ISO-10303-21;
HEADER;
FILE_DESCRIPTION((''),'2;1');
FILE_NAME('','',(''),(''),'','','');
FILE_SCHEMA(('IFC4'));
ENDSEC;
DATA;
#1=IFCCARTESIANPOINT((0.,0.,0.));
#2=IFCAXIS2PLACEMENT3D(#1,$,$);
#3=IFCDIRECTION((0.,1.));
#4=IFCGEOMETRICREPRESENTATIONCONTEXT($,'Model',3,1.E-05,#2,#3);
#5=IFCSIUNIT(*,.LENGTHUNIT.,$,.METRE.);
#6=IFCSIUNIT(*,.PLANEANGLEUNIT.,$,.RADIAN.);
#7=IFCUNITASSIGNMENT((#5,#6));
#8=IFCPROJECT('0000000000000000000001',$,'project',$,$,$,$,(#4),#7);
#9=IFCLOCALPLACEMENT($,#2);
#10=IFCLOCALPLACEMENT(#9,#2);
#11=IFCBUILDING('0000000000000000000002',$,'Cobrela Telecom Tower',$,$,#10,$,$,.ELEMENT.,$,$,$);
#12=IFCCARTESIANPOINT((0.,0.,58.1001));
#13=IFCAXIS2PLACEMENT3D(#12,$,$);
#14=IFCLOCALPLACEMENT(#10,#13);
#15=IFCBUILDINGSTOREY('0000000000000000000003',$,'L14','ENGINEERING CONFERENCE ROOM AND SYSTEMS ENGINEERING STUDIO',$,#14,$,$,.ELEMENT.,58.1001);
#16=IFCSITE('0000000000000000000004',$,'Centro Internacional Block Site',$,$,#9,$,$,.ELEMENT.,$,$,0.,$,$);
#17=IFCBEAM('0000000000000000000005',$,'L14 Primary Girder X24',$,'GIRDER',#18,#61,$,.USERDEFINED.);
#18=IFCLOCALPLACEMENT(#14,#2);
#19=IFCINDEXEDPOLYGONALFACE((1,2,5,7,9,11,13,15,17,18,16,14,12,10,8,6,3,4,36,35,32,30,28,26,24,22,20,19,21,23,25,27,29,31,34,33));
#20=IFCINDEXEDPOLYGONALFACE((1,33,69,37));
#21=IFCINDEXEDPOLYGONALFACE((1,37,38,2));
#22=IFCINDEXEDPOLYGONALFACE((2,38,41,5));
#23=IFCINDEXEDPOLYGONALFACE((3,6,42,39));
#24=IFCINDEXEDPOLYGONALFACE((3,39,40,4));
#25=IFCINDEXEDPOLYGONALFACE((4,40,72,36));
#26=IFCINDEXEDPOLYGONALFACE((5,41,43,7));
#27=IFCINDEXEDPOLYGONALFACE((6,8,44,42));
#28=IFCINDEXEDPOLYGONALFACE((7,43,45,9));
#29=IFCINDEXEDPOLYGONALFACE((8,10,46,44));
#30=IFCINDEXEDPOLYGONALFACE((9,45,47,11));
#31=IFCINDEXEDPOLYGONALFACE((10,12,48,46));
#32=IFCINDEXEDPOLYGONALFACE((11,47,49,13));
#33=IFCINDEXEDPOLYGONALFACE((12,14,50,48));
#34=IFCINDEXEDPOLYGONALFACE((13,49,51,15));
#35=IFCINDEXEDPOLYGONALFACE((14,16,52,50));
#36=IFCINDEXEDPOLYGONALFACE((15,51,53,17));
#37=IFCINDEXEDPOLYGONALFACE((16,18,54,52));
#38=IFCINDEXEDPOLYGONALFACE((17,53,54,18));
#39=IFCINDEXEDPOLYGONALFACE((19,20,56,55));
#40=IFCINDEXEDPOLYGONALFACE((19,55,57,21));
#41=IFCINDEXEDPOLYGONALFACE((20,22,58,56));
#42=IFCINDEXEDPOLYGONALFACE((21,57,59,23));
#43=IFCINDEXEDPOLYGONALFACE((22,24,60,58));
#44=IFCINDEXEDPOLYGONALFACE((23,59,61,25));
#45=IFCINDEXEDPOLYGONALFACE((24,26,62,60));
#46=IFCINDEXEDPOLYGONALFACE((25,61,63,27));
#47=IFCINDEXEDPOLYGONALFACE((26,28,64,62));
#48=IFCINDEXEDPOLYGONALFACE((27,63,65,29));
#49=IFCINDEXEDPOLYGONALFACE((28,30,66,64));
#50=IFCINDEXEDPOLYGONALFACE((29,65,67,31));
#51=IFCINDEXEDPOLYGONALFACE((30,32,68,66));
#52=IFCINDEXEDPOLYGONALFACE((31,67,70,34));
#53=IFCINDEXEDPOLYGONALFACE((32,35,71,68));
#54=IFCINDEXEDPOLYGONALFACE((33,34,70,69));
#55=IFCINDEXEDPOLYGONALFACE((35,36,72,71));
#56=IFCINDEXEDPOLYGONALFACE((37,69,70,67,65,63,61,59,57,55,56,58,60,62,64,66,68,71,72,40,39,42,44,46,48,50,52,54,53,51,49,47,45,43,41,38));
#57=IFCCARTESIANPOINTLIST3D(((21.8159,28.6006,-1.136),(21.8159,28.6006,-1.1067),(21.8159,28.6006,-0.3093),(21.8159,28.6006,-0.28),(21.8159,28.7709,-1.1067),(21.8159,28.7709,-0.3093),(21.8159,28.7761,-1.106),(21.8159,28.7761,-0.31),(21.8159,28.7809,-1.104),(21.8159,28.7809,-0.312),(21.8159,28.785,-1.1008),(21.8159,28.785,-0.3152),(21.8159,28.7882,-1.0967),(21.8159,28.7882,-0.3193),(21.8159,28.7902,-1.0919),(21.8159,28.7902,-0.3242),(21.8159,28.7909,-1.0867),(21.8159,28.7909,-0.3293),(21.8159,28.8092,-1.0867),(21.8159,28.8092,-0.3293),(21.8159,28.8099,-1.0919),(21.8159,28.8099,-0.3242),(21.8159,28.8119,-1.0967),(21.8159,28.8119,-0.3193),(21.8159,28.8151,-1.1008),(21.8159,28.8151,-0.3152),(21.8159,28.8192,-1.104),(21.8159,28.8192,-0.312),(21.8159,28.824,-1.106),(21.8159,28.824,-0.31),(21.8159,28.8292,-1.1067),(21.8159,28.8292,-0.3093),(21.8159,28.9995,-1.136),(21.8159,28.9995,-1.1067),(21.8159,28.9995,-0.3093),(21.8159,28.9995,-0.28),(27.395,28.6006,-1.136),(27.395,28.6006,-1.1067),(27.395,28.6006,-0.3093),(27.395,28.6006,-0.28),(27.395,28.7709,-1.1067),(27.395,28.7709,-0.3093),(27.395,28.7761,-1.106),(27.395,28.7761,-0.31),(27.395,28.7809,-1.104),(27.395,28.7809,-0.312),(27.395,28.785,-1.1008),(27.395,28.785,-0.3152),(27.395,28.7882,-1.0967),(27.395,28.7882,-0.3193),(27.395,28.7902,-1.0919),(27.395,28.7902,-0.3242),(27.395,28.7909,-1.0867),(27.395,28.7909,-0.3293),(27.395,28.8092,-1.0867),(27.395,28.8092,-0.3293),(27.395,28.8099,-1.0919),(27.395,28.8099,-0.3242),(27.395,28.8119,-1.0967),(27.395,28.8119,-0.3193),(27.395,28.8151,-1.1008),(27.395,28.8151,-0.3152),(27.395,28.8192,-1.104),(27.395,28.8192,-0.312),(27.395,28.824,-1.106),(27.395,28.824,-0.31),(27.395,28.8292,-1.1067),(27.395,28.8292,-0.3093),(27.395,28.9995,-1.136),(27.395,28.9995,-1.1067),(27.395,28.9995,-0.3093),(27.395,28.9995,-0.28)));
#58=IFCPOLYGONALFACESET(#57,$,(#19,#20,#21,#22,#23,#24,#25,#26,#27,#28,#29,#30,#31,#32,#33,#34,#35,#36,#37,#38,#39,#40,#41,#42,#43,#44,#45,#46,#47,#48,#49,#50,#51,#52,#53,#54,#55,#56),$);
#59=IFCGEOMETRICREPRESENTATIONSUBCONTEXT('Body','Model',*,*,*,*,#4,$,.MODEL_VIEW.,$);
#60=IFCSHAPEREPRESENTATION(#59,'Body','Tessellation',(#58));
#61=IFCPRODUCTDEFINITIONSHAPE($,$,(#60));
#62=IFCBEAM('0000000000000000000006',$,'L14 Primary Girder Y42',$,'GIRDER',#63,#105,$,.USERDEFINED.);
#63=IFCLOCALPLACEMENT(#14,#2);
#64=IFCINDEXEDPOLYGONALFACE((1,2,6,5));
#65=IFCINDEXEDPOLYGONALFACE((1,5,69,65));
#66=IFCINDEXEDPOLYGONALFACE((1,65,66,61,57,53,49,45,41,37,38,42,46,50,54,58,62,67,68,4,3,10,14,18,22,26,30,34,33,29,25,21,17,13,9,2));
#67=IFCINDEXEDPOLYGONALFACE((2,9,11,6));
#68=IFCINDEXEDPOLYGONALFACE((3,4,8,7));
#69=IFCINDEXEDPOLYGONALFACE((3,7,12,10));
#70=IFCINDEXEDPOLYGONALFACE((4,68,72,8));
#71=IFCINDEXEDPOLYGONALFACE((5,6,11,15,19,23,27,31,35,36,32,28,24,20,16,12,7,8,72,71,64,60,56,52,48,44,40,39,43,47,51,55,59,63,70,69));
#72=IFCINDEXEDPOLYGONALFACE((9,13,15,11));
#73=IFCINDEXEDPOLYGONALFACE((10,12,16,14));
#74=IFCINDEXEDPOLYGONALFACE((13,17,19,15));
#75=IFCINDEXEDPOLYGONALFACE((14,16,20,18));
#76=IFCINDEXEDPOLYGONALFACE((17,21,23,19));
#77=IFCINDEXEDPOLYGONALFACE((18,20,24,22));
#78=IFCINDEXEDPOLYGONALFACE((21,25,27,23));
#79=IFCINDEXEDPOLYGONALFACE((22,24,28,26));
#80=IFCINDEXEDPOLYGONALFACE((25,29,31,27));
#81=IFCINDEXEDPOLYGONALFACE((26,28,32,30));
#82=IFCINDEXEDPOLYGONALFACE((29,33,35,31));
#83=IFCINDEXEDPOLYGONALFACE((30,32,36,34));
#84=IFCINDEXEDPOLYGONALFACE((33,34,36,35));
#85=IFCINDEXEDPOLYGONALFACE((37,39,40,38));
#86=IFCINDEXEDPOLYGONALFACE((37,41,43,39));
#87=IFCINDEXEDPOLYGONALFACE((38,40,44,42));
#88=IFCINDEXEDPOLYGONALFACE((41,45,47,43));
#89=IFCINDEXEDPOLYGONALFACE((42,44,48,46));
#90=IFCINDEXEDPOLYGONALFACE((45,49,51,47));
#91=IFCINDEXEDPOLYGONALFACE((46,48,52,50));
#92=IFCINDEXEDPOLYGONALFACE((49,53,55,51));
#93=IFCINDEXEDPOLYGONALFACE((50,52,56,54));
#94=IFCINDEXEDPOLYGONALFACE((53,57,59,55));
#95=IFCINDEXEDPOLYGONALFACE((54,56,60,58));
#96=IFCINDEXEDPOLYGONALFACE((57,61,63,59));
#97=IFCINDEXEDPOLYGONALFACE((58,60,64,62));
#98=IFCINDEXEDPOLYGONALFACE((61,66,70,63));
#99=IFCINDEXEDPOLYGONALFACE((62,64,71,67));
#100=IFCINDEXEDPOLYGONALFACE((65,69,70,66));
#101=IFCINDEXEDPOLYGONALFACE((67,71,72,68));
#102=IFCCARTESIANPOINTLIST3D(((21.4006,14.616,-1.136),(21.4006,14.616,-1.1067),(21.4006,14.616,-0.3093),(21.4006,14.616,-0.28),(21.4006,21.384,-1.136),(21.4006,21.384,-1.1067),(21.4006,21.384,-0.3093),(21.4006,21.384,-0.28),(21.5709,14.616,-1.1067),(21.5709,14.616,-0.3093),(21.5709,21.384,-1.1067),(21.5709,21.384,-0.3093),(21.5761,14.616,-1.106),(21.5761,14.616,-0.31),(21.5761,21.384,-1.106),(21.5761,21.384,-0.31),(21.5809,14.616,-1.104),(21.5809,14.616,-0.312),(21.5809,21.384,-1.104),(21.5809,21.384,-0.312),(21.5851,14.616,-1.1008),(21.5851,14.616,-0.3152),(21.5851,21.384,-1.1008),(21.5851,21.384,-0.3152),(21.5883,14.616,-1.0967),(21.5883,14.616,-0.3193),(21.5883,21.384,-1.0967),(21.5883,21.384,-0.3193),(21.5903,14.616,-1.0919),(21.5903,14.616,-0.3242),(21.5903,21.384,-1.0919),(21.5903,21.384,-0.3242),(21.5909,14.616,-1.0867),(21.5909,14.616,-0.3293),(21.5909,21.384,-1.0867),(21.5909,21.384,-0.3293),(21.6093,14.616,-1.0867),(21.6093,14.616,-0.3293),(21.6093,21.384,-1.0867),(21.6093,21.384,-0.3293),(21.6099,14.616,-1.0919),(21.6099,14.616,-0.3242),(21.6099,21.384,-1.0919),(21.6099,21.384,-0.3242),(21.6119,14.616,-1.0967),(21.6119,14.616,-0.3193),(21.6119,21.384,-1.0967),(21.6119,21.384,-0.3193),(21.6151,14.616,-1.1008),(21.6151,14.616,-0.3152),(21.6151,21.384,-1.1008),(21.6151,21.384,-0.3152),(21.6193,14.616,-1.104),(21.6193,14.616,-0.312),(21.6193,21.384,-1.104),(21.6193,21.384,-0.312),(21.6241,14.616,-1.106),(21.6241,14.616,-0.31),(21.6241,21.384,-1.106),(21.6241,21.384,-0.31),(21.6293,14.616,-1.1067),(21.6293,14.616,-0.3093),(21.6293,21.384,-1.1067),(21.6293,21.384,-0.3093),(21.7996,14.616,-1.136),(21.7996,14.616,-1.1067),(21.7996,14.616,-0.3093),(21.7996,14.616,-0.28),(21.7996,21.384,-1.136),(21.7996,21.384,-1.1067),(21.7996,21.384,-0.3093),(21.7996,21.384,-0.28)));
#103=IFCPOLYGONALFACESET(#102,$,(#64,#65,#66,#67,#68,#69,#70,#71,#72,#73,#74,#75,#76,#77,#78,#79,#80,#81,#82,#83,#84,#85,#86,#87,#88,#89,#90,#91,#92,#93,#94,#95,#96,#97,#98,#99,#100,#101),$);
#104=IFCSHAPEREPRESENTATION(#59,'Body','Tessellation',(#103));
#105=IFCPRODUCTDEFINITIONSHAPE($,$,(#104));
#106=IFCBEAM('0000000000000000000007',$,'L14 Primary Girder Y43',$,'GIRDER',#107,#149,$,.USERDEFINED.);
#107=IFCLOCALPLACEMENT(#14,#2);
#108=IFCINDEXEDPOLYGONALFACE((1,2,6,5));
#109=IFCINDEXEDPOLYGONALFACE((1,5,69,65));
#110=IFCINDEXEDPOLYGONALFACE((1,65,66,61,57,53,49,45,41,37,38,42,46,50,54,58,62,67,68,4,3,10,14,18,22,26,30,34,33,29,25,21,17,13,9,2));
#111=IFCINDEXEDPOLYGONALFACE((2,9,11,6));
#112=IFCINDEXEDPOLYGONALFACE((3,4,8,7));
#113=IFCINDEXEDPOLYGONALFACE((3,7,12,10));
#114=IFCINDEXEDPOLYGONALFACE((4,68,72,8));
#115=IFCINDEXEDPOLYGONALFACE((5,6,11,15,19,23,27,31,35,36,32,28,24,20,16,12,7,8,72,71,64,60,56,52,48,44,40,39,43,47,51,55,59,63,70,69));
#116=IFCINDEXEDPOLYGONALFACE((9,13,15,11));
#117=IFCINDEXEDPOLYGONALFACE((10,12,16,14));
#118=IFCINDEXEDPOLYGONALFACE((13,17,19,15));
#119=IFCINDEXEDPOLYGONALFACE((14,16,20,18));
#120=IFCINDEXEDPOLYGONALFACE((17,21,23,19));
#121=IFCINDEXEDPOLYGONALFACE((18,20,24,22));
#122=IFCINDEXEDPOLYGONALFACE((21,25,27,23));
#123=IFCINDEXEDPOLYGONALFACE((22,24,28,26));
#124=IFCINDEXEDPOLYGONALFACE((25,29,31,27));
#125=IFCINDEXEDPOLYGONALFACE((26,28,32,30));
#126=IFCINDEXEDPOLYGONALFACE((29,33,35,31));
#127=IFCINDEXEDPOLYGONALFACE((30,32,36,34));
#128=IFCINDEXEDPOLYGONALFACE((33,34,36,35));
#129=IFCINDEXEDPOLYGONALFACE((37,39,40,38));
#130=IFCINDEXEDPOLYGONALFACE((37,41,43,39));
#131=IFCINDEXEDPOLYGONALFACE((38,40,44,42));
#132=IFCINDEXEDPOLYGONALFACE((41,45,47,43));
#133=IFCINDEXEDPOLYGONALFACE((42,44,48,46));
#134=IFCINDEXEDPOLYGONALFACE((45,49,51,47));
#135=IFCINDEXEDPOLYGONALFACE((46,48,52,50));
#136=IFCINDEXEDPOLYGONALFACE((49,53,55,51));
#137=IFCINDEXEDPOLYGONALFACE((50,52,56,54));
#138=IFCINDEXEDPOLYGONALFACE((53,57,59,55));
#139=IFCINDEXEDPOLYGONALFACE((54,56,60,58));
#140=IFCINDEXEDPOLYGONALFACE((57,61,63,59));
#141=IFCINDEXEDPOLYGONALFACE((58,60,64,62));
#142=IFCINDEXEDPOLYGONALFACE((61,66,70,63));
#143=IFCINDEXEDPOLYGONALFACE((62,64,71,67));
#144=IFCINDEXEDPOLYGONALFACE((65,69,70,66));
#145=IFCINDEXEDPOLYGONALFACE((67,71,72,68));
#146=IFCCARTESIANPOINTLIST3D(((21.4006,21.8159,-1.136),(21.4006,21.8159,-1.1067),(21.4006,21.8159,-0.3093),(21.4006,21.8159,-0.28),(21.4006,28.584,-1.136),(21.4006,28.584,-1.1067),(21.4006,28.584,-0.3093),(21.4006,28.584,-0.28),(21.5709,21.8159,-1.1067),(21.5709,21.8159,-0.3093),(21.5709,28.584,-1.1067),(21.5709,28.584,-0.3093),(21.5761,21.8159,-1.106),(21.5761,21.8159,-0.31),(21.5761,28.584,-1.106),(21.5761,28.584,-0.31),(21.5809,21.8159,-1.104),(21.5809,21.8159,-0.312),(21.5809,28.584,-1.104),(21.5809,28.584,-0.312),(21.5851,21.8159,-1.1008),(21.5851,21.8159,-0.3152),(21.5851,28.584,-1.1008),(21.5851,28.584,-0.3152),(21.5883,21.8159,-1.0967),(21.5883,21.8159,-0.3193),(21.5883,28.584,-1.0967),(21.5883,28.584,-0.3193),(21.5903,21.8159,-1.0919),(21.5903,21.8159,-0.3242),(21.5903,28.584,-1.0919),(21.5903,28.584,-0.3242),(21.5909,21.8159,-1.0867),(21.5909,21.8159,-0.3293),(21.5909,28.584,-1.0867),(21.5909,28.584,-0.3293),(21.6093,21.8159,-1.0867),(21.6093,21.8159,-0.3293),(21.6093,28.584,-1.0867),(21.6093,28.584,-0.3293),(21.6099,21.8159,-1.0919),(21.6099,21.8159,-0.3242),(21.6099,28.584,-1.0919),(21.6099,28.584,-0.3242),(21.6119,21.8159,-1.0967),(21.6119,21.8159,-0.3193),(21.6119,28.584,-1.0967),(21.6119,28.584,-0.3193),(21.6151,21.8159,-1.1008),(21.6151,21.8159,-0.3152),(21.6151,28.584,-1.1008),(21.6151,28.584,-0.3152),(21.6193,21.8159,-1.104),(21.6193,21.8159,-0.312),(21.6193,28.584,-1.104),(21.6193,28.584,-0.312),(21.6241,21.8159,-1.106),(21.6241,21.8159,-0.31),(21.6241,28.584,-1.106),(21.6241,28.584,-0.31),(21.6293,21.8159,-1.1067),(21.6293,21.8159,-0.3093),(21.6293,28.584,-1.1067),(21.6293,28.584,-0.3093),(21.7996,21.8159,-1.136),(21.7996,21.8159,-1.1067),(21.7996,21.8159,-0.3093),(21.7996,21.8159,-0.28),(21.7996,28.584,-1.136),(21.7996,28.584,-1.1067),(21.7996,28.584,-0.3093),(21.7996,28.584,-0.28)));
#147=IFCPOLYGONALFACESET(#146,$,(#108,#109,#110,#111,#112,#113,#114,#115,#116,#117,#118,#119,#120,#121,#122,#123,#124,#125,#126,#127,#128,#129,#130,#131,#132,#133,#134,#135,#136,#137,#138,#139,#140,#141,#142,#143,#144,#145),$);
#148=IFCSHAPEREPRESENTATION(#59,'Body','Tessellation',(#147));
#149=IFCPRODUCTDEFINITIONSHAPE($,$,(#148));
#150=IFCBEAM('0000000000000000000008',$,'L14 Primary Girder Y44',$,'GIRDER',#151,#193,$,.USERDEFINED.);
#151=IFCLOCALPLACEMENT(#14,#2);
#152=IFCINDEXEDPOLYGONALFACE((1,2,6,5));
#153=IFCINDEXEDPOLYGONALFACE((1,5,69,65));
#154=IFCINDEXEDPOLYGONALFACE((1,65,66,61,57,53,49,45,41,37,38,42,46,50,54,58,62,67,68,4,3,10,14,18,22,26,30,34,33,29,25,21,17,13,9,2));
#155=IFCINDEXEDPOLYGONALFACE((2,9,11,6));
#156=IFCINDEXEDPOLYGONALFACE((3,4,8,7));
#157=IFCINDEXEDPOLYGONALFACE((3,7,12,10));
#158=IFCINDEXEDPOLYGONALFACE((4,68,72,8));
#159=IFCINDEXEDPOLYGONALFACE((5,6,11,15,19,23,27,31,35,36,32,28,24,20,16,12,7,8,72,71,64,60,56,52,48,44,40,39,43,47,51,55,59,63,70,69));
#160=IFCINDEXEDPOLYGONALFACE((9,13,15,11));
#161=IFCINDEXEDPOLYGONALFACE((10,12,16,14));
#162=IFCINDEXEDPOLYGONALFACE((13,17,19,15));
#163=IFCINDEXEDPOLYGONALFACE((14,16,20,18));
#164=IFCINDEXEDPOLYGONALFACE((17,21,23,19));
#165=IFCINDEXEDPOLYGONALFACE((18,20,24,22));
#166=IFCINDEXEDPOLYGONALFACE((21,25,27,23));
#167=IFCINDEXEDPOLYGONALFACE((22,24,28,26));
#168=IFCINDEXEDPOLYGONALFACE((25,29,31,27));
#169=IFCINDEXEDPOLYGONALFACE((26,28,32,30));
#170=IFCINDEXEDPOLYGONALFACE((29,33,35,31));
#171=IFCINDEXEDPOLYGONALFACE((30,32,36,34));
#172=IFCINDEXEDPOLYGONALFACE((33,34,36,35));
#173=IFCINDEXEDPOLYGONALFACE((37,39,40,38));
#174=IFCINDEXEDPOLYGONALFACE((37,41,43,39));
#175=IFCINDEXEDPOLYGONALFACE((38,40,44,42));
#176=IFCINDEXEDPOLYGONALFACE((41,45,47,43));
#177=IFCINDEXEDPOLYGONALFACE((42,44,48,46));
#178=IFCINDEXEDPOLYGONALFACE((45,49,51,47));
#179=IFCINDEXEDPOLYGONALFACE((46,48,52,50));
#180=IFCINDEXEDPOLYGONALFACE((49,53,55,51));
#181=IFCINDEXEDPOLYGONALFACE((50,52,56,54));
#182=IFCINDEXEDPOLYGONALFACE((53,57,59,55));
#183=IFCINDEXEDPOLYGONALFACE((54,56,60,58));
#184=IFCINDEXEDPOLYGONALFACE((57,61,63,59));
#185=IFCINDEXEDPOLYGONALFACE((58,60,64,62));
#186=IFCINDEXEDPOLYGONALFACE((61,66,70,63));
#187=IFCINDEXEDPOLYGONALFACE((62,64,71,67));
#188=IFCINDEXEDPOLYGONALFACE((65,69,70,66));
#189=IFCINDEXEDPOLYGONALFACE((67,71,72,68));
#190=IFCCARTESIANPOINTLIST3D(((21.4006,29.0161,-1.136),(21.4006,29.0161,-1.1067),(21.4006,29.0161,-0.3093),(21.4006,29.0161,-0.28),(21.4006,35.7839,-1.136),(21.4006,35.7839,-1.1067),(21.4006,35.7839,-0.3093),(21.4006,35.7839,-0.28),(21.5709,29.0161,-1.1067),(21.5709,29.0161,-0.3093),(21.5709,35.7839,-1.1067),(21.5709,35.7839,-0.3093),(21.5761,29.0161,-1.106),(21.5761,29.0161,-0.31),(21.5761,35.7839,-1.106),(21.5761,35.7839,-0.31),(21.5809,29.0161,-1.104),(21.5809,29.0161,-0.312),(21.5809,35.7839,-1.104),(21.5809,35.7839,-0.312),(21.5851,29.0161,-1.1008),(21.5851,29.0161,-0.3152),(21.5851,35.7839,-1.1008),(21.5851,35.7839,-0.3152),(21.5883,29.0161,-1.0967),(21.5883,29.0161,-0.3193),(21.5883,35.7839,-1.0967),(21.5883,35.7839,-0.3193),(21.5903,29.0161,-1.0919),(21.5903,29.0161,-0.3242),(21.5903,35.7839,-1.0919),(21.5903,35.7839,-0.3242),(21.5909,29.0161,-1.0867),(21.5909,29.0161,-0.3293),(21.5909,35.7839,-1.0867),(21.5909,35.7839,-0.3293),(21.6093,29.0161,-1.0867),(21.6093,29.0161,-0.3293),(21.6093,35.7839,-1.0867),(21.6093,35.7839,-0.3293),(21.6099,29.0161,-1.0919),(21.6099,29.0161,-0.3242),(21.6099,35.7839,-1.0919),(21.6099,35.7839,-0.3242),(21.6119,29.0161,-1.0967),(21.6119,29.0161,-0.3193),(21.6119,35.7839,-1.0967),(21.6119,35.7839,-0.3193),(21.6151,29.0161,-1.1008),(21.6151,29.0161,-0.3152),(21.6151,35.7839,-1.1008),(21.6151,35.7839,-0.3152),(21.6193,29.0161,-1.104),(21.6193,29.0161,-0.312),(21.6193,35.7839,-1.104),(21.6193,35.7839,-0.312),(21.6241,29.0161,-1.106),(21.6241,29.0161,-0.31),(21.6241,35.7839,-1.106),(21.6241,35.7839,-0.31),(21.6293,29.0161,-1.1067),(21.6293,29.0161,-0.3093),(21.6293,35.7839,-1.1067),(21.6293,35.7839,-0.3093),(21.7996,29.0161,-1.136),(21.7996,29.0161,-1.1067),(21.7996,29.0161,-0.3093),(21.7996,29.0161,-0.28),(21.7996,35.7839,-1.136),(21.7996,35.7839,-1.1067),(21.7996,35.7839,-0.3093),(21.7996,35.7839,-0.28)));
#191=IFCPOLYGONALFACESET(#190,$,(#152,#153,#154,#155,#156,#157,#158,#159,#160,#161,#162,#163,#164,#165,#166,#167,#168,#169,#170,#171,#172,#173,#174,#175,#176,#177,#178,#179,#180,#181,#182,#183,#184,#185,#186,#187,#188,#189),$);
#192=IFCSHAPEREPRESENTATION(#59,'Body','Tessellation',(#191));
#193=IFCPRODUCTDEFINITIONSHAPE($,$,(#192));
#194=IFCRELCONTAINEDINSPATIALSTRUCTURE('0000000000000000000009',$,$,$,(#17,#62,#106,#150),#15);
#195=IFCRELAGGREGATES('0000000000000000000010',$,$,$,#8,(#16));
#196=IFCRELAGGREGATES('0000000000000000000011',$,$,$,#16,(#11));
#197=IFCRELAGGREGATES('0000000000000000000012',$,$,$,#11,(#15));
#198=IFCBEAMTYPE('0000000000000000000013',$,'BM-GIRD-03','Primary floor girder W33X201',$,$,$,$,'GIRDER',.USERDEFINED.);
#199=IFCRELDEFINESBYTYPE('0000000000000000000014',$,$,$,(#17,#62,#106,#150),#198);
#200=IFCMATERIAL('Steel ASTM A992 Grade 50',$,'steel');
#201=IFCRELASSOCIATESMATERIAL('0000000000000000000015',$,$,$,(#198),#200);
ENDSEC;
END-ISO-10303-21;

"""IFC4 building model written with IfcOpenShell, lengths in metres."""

from ifc_helpers import new_model, si_unit, direction, frame, origin, origin_2d, place, context, subcontext, project, spatial, i_section, extrude, material, material_profile, profile_set, type_object, element, save


model = new_model("IFC4")

# Units and contexts
model_context = context("Model", 3, precision=1e-05, world=origin(), true_north=direction((0.0, 1.0)))
body_context = subcontext(model_context, "Body", "Model", "MODEL_VIEW")
ifc_project = project(units=[si_unit("LENGTHUNIT", "METRE"), si_unit("PLANEANGLEUNIT", "RADIAN")], contexts=[model_context])

# Site, building, storey
site_placement = place(None, origin())
site = spatial("IfcSite", under=ifc_project, at=site_placement, Name="Centro Internacional Block Site", CompositionType="ELEMENT", RefElevation=0.0)
building_placement = place(site_placement, origin())
building = spatial("IfcBuilding", under=site, at=building_placement, Name="Cobrela Telecom Tower", CompositionType="ELEMENT")
storey_placement = place(building_placement, frame((0.0, 0.0, 58.1001)))
storey = spatial("IfcBuildingStorey", under=building, at=storey_placement, Name="L14", Description="ENGINEERING CONFERENCE ROOM AND SYSTEMS ENGINEERING STUDIO", CompositionType="ELEMENT", Elevation=58.1001)

# Shared definitions
ifc_material_1 = material(Name="Steel ASTM A992 Grade 50", Category="steel")

# Beams
ifc_material_profile_1 = material_profile(ifc_material_1, i_section(OverallWidth=0.3989, OverallDepth=0.856, WebThickness=0.0183, FlangeThickness=0.0293, FilletRadius=0.02, at=origin_2d()), Name="W33X201")
ifc_profile_set_1 = profile_set([ifc_material_profile_1], Name="Steel ASTM A992 Grade 50")
beam_type_1 = type_object("IfcBeamType", Name="BM-GIRD-03", Description="Primary floor girder W33X201", ElementType="GIRDER", PredefinedType="USERDEFINED", material=ifc_profile_set_1)
beam_1_placement = place(storey_placement, frame((21.8159, 28.8, -0.708), z_axis=(1.0, 0.0, 0.0), x_axis=(0.0, 1.0, 0.0)))
element("IfcBeam", 1, at=beam_1_placement, inside=storey, type_object=beam_type_1, Name="L14 Primary Girder X24", ObjectType="GIRDER", PredefinedType="USERDEFINED", context=body_context, shape_type="SweptSolid", body=[
    extrude(i_section(OverallWidth=0.3989, OverallDepth=0.856, WebThickness=0.0183, FlangeThickness=0.0293, FilletRadius=0.02, at=origin_2d()), origin(), (0.0, 0.0, 1.0), 5.5791),
])
for number, where, z_axis, x_axis, name in (
    (2, (21.6001, 14.616, -0.708), (0.0, 1.0, 0.0), (-1.0, 0.0, 0.0), "L14 Primary Girder Y42"),
    (3, (21.6001, 21.8159, -0.708), (0.0, 1.0, 0.0), (-1.0, 0.0, 0.0), "L14 Primary Girder Y43"),
):
    element("IfcBeam", number, at=place(storey_placement, frame(where, z_axis=z_axis, x_axis=x_axis)), inside=storey, type_object=beam_type_1, Name=name, ObjectType="GIRDER", PredefinedType="USERDEFINED", context=body_context, shape_type="SweptSolid", body=[
        extrude(i_section(OverallWidth=0.3989, OverallDepth=0.856, WebThickness=0.0183, FlangeThickness=0.0293, FilletRadius=0.02, at=origin_2d()), origin(), (0.0, 0.0, 1.0), 6.7681),
    ])
beam_2_placement = place(storey_placement, frame((21.6001, 29.0161, -0.708), z_axis=(0.0, 1.0, 0.0), x_axis=(-1.0, 0.0, 0.0)))
element("IfcBeam", 4, at=beam_2_placement, inside=storey, type_object=beam_type_1, Name="L14 Primary Girder Y44", ObjectType="GIRDER", PredefinedType="USERDEFINED", context=body_context, shape_type="SweptSolid", body=[
    extrude(i_section(OverallWidth=0.3989, OverallDepth=0.856, WebThickness=0.0183, FlangeThickness=0.0293, FilletRadius=0.02, at=origin_2d()), origin(), (0.0, 0.0, 1.0), 6.7678),
])

save(model, "model.ifc")
